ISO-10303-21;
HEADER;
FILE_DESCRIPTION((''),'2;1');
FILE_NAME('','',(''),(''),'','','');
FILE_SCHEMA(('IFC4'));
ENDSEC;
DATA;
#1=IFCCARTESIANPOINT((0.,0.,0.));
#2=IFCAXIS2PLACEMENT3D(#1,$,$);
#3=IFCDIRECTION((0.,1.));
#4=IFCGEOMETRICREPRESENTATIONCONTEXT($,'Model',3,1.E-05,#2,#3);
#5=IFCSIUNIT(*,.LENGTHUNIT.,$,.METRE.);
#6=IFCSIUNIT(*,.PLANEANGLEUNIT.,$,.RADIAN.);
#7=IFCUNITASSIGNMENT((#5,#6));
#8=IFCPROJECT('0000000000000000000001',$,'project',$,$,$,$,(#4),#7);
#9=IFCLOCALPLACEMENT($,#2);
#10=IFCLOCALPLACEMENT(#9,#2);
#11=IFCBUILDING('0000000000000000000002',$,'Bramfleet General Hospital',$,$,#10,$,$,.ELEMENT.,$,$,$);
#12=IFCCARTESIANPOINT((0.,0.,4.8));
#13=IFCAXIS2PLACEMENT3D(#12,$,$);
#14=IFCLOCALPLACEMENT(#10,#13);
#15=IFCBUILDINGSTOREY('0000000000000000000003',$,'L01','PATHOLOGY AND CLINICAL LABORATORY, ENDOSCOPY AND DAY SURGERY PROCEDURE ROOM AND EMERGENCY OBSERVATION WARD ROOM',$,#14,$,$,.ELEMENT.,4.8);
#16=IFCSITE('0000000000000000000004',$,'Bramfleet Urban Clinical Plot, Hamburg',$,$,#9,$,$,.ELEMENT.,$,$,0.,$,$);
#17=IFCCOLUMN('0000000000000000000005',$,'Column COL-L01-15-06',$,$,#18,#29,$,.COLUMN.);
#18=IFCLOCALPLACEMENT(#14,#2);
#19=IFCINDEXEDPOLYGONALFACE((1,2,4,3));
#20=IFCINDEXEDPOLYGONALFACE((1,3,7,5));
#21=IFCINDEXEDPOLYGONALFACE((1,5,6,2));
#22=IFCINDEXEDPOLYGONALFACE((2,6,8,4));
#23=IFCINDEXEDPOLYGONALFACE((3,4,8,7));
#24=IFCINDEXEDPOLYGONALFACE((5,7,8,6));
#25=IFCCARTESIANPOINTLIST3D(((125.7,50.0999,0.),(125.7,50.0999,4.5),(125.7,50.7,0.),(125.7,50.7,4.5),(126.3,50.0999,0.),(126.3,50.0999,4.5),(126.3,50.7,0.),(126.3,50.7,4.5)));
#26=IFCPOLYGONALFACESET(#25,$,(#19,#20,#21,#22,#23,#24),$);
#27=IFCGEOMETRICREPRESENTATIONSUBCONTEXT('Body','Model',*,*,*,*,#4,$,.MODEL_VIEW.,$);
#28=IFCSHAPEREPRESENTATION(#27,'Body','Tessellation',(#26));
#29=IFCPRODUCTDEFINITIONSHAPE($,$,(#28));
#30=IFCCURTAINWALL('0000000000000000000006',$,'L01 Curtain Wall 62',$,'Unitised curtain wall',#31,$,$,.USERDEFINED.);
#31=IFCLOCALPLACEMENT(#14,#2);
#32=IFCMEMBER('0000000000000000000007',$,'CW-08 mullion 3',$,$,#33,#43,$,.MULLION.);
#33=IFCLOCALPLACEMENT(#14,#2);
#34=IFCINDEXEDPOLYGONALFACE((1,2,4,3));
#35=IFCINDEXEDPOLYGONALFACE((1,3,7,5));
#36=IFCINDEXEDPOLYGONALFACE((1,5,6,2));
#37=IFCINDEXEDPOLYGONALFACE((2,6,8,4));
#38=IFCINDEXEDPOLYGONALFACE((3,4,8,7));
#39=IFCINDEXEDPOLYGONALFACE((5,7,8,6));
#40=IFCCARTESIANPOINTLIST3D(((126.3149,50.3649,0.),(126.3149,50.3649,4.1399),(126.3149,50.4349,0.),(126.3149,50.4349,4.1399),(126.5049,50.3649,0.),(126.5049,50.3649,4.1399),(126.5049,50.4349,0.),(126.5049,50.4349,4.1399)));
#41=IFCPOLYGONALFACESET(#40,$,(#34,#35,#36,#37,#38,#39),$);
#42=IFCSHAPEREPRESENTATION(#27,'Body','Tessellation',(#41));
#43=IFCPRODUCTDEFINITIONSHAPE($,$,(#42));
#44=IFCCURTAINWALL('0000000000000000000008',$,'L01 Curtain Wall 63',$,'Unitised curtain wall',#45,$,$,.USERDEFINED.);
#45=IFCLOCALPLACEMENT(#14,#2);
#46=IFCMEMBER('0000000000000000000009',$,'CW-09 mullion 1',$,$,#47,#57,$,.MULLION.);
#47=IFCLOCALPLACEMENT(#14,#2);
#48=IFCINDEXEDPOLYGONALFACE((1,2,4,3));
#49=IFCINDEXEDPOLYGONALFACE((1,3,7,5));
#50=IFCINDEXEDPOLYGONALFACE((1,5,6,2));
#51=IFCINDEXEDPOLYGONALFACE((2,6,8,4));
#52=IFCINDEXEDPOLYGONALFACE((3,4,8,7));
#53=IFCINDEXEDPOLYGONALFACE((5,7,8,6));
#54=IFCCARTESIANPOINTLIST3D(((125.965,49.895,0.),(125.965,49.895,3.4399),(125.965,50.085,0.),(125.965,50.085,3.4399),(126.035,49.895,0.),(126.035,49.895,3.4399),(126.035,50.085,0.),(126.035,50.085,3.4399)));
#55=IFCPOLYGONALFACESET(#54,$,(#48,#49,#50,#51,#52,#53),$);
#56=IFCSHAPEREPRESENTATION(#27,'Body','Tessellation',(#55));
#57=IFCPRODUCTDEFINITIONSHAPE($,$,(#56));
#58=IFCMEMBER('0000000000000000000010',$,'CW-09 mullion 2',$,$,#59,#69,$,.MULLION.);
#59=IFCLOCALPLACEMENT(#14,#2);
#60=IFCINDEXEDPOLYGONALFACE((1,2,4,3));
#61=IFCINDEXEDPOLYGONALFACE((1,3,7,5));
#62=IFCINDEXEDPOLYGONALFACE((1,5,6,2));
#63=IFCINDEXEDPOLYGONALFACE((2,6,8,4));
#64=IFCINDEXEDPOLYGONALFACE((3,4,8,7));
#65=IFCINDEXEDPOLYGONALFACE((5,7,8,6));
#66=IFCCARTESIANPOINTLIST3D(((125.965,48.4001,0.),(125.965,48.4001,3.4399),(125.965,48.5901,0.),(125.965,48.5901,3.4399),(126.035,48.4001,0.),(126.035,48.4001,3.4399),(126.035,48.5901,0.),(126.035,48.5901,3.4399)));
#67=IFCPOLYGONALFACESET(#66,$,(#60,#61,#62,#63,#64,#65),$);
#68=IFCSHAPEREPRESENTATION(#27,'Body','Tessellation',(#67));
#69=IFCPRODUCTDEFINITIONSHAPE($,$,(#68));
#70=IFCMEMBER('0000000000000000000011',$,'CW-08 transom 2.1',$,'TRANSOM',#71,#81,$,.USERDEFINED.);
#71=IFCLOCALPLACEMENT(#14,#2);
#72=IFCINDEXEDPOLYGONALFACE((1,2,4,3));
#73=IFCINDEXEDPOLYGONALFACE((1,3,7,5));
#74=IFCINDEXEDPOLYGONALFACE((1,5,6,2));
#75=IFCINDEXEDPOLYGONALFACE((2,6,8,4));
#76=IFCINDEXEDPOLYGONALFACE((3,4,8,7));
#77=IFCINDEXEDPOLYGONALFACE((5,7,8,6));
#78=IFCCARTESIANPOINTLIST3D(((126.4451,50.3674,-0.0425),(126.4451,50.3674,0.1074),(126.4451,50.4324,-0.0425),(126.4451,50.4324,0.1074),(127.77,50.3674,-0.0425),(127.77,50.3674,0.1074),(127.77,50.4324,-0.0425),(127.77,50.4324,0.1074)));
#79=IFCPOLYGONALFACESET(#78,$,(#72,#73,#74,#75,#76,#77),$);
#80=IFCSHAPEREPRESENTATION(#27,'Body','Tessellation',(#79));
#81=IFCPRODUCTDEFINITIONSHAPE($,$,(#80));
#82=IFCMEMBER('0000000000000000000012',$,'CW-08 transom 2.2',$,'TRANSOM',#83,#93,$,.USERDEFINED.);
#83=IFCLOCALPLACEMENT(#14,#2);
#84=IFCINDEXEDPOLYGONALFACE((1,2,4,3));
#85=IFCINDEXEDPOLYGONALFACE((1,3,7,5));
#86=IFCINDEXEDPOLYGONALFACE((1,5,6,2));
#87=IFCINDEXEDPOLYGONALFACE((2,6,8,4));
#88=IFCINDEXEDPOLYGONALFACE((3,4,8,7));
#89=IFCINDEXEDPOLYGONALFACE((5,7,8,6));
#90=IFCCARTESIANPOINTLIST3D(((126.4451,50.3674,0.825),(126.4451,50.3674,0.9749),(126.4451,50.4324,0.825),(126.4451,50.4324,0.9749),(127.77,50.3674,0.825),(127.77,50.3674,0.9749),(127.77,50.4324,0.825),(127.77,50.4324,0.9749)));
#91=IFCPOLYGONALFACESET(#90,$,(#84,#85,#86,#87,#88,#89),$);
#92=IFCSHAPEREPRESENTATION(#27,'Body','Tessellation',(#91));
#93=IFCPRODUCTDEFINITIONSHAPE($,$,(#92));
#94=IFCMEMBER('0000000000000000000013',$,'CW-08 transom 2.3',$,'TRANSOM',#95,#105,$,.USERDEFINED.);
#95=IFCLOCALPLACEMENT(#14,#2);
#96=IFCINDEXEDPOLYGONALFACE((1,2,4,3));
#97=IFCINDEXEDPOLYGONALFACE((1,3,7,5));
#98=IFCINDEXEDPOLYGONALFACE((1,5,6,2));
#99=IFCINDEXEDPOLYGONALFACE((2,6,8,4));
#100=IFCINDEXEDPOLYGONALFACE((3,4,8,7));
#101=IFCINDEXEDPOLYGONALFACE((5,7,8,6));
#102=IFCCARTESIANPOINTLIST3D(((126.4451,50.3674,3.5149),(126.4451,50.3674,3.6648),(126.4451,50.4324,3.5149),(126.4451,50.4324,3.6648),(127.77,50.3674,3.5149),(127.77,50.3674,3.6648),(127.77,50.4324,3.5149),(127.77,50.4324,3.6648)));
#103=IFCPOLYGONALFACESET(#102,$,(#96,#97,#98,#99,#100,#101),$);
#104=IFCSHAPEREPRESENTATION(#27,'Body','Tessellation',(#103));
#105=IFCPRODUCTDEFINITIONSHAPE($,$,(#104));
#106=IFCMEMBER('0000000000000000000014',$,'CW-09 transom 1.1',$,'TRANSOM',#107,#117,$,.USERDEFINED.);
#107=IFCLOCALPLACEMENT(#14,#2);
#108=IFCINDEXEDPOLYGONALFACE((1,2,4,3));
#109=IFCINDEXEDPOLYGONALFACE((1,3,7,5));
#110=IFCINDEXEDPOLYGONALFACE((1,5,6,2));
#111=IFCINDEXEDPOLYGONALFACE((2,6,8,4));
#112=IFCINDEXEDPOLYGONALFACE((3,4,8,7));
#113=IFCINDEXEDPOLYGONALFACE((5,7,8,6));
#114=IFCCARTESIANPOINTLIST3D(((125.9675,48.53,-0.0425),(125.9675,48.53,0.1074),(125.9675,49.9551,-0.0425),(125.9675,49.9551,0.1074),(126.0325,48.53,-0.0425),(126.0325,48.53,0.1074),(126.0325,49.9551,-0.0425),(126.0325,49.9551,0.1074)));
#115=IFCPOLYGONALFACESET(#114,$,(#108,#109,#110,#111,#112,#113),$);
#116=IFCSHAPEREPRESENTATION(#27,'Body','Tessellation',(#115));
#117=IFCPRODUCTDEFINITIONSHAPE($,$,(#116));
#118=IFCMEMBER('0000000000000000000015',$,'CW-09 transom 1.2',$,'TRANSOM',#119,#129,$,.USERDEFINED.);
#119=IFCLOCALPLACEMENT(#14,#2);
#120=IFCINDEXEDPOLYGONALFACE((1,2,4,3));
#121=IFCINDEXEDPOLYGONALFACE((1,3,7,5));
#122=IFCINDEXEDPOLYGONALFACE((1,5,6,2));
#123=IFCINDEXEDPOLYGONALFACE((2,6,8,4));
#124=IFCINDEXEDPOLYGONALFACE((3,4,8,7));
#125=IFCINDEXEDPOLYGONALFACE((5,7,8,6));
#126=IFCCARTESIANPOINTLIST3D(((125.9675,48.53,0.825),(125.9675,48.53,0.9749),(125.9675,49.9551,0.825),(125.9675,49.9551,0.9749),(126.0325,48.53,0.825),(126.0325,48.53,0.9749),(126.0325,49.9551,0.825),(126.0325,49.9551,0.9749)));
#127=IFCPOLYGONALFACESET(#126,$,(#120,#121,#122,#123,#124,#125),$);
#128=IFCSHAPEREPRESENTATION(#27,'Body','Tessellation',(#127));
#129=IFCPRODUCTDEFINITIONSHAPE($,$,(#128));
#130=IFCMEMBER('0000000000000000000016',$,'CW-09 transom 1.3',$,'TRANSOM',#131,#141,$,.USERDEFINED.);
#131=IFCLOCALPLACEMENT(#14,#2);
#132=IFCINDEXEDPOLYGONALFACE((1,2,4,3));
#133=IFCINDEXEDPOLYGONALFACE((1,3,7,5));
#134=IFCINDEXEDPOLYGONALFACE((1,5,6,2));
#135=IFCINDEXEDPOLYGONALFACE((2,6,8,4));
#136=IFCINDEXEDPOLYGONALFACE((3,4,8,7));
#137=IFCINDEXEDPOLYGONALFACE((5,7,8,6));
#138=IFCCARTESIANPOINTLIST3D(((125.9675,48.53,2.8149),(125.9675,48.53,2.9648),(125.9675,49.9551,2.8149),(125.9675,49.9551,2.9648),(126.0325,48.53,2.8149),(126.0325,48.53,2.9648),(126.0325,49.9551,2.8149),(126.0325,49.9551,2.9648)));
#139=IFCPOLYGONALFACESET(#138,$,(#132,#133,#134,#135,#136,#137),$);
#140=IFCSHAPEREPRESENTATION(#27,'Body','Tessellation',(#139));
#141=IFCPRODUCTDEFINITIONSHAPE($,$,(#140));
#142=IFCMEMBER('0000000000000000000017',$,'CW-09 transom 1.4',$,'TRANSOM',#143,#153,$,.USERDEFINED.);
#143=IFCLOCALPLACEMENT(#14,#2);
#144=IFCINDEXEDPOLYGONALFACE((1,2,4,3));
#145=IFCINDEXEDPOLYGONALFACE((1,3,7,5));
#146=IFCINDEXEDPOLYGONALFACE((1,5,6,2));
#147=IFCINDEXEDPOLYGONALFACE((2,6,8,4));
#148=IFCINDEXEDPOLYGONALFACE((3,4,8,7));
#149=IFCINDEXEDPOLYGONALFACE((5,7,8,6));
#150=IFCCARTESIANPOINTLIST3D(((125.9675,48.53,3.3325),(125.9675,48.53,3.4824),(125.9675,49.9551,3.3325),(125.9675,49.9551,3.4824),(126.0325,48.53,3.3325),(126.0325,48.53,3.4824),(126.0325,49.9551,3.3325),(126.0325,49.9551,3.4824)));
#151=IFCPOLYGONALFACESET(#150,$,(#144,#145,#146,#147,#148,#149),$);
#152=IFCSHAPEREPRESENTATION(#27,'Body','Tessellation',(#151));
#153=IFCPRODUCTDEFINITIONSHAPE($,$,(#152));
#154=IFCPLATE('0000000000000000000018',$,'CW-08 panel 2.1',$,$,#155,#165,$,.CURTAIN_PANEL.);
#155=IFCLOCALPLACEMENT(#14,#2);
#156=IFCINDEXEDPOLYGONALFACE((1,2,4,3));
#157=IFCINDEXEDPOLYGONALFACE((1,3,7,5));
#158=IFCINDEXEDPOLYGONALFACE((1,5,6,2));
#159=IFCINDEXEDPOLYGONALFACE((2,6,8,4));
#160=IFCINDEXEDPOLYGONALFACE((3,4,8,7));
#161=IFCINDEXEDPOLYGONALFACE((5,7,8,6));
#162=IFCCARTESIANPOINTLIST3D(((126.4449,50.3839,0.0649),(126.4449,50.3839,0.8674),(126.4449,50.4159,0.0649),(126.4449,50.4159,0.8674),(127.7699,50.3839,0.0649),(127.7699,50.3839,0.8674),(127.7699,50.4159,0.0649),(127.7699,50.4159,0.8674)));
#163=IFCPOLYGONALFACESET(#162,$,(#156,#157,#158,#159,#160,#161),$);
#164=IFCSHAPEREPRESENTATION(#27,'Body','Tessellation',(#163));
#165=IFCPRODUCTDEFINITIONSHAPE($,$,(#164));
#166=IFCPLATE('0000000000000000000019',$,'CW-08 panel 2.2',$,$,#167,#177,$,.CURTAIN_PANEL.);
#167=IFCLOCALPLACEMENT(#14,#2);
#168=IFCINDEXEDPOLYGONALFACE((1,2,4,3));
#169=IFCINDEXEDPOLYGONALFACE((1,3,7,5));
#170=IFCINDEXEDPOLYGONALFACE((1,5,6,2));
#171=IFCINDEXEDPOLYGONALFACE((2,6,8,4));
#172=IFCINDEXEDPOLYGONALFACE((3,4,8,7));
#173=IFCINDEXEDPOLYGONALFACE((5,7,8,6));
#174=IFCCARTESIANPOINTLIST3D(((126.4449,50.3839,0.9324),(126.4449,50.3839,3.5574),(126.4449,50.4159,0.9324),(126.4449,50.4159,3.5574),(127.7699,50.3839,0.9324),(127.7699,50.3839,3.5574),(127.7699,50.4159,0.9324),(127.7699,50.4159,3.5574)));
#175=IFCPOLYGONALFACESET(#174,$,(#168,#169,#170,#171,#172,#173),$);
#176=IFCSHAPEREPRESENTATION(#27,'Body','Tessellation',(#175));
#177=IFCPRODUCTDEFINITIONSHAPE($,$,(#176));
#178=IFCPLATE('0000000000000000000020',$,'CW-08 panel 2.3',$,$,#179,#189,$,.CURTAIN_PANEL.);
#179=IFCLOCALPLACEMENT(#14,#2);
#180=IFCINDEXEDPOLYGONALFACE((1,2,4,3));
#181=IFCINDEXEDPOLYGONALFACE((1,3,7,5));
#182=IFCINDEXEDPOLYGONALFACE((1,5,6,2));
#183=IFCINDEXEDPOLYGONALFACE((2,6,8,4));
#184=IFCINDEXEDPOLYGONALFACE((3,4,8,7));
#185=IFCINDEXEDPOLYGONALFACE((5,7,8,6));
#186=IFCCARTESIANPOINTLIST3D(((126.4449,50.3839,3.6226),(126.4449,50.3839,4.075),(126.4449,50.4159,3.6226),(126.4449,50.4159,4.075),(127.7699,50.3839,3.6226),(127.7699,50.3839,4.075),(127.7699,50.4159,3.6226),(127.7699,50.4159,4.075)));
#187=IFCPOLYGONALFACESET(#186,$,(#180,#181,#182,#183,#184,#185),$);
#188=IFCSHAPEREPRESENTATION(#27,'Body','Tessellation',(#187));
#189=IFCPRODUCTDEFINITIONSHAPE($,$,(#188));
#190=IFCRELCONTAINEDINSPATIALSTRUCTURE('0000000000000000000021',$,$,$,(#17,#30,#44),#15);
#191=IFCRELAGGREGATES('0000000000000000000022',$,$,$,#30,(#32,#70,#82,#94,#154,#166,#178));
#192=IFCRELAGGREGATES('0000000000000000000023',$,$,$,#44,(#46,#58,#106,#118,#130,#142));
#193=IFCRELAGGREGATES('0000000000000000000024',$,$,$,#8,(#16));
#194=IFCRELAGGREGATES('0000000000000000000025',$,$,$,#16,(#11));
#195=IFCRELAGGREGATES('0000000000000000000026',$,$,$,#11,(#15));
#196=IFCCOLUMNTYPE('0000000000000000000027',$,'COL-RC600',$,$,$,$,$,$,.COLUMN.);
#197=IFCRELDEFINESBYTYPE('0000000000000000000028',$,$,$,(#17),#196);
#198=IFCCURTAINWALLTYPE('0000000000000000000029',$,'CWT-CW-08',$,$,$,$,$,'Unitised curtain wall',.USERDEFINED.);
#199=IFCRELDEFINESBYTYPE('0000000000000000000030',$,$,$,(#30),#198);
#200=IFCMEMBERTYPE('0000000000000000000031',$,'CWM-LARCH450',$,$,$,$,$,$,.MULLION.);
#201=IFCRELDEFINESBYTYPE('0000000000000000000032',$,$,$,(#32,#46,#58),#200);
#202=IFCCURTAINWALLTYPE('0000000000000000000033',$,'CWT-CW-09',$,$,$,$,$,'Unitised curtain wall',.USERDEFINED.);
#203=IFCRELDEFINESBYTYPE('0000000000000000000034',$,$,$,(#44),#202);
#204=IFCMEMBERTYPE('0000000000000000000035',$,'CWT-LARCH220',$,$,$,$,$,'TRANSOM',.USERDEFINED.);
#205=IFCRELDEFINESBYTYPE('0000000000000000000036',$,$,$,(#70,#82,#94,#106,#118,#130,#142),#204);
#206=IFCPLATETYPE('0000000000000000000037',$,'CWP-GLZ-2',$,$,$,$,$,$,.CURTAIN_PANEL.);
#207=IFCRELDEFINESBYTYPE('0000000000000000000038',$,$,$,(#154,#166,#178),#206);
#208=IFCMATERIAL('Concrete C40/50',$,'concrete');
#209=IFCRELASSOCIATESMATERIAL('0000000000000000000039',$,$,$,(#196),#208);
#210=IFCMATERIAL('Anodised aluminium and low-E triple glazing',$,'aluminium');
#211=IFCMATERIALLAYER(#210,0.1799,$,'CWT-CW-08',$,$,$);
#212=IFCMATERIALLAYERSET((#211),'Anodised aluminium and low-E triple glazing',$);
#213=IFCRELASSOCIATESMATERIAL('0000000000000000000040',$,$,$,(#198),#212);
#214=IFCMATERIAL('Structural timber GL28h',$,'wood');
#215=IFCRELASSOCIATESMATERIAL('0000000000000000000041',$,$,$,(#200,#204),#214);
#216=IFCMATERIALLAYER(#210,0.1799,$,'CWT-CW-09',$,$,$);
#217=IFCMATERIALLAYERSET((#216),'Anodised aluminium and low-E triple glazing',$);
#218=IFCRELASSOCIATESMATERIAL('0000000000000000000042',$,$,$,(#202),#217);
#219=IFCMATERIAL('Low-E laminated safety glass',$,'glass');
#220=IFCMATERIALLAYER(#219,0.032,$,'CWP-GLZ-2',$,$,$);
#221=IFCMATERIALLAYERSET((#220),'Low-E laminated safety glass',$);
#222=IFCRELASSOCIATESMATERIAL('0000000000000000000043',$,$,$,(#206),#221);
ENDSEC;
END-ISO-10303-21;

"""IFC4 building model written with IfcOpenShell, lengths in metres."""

from ifc_helpers import new_model, si_unit, direction, frame, origin, origin_2d, place, context, subcontext, project, spatial, rectangle, extrude, material, layer, layer_set, material_profile, profile_set, type_object, element, aggregate, save


model = new_model("IFC4")

# Units and contexts
model_context = context("Model", 3, precision=1e-05, world=origin(), true_north=direction((0.0, 1.0)))
body_context = subcontext(model_context, "Body", "Model", "MODEL_VIEW")
ifc_project = project(units=[si_unit("LENGTHUNIT", "METRE"), si_unit("PLANEANGLEUNIT", "RADIAN")], contexts=[model_context])

# Site, building, storey
site_placement = place(None, origin())
site = spatial("IfcSite", under=ifc_project, at=site_placement, Name="Bramfleet Urban Clinical Plot, Hamburg", CompositionType="ELEMENT", RefElevation=0.0)
building_placement = place(site_placement, origin())
building = spatial("IfcBuilding", under=site, at=building_placement, Name="Bramfleet General Hospital", CompositionType="ELEMENT")
storey_placement = place(building_placement, frame((0.0, 0.0, 4.8)))
storey = spatial("IfcBuildingStorey", under=building, at=storey_placement, Name="L01", Description="PATHOLOGY AND CLINICAL LABORATORY, ENDOSCOPY AND DAY SURGERY PROCEDURE ROOM AND EMERGENCY OBSERVATION WARD ROOM", CompositionType="ELEMENT", Elevation=4.8)

# Column
ifc_material_1 = material(Name="Concrete C40/50", Category="concrete")
ifc_material_profile_1 = material_profile(ifc_material_1, rectangle(XDim=0.6001, YDim=0.6001, at=origin_2d()), Name="RC COL 600x600")
ifc_profile_set_1 = profile_set([ifc_material_profile_1], Name="Concrete C40/50")
column_type = type_object("IfcColumnType", Name="COL-RC600", PredefinedType="COLUMN", material=ifc_profile_set_1)
column_placement = place(storey_placement, frame((126.0, 50.3999, 0.0), z_axis=(0.0, 0.0, 1.0), x_axis=(1.0, 0.0, 0.0)))
element("IfcColumn", 1, at=column_placement, inside=storey, type_object=column_type, Name="Column COL-L01-15-06", PredefinedType="COLUMN", context=body_context, shape_type="SweptSolid", body=[
    extrude(rectangle(XDim=0.6001, YDim=0.6001, at=origin_2d()), origin(), (0.0, 0.0, 1.0), 4.5),
])

# Curtain wall, member
ifc_material_2 = material(Name="Anodised aluminium and low-E triple glazing", Category="aluminium")
ifc_layer_1 = layer(ifc_material_2, 0.1799, Name="CWT-CW-08")
ifc_layer_set_1 = layer_set([ifc_layer_1], Name="Anodised aluminium and low-E triple glazing")
curtain_wall_type_1 = type_object("IfcCurtainWallType", Name="CWT-CW-08", ElementType="Unitised curtain wall", PredefinedType="USERDEFINED", material=ifc_layer_set_1)
curtain_wall_1_placement = place(storey_placement, origin())
curtain_wall_1 = element("IfcCurtainWall", 2, at=curtain_wall_1_placement, inside=storey, type_object=curtain_wall_type_1, Name="L01 Curtain Wall 62", ObjectType="Unitised curtain wall", PredefinedType="USERDEFINED")
ifc_material_3 = material(Name="Structural timber GL28h", Category="wood")
ifc_material_profile_2 = material_profile(ifc_material_3, rectangle(XDim=0.0701, YDim=0.1899, at=origin_2d()), Name="LARCH 190x70")
ifc_profile_set_2 = profile_set([ifc_material_profile_2], Name="Structural timber GL28h")
member_type_1 = type_object("IfcMemberType", Name="CWM-LARCH450", PredefinedType="MULLION", material=ifc_profile_set_2)
member_1_placement = place(storey_placement, frame((126.4099, 50.3999, 0.0), z_axis=(0.0, 0.0, 1.0), x_axis=(0.0, -1.0, 0.0)))
member_1 = element("IfcMember", 3, at=member_1_placement, type_object=member_type_1, Name="CW-08 mullion 3", PredefinedType="MULLION", context=body_context, shape_type="SweptSolid", body=[
    extrude(rectangle(XDim=0.0701, YDim=0.1899, at=origin_2d()), origin(), (0.0, 0.0, 1.0), 4.1399),
])

# Curtain wall, members
ifc_layer_2 = layer(ifc_material_2, 0.1799, Name="CWT-CW-09")
ifc_layer_set_2 = layer_set([ifc_layer_2], Name="Anodised aluminium and low-E triple glazing")
curtain_wall_type_2 = type_object("IfcCurtainWallType", Name="CWT-CW-09", ElementType="Unitised curtain wall", PredefinedType="USERDEFINED", material=ifc_layer_set_2)
curtain_wall_2_placement = place(storey_placement, origin())
curtain_wall_2 = element("IfcCurtainWall", 4, at=curtain_wall_2_placement, inside=storey, type_object=curtain_wall_type_2, Name="L01 Curtain Wall 63", ObjectType="Unitised curtain wall", PredefinedType="USERDEFINED")
member_2_placement = place(storey_placement, frame((126.0, 49.99, 0.0), z_axis=(0.0, 0.0, 1.0), x_axis=(1.0, 0.0, 0.0)))
member_2 = element("IfcMember", 5, at=member_2_placement, type_object=member_type_1, Name="CW-09 mullion 1", PredefinedType="MULLION", context=body_context, shape_type="SweptSolid", body=[
    extrude(rectangle(XDim=0.0701, YDim=0.1899, at=origin_2d()), origin(), (0.0, 0.0, 1.0), 3.4399),
])
member_3_placement = place(storey_placement, frame((126.0, 48.4951, 0.0), z_axis=(0.0, 0.0, 1.0), x_axis=(1.0, 0.0, 0.0)))
member_3 = element("IfcMember", 6, at=member_3_placement, type_object=member_type_1, Name="CW-09 mullion 2", PredefinedType="MULLION", context=body_context, shape_type="SweptSolid", body=[
    extrude(rectangle(XDim=0.0701, YDim=0.1899, at=origin_2d()), origin(), (0.0, 0.0, 1.0), 3.4399),
])

# Members
ifc_material_profile_3 = material_profile(ifc_material_3, rectangle(XDim=0.0649, YDim=0.1499, at=origin_2d()), Name="LARCH 150x65")
ifc_profile_set_3 = profile_set([ifc_material_profile_3], Name="Structural timber GL28h")
member_type_2 = type_object("IfcMemberType", Name="CWT-LARCH220", ElementType="TRANSOM", PredefinedType="USERDEFINED", material=ifc_profile_set_3)
member_4_placement = place(storey_placement, frame((127.77, 50.3999, 0.0325), z_axis=(-1.0, 0.0, 0.0), x_axis=(0.0, -1.0, 0.0)))
member_4 = element("IfcMember", 7, at=member_4_placement, type_object=member_type_2, Name="CW-08 transom 2.1", ObjectType="TRANSOM", PredefinedType="USERDEFINED", context=body_context, shape_type="SweptSolid", body=[
    extrude(rectangle(XDim=0.0649, YDim=0.1499, at=origin_2d()), origin(), (0.0, 0.0, 1.0), 1.325),
])
member_5_placement = place(storey_placement, frame((127.77, 50.3999, 0.8999), z_axis=(-1.0, 0.0, 0.0), x_axis=(0.0, -1.0, 0.0)))
member_5 = element("IfcMember", 8, at=member_5_placement, type_object=member_type_2, Name="CW-08 transom 2.2", ObjectType="TRANSOM", PredefinedType="USERDEFINED", context=body_context, shape_type="SweptSolid", body=[
    extrude(rectangle(XDim=0.0649, YDim=0.1499, at=origin_2d()), origin(), (0.0, 0.0, 1.0), 1.325),
])
member_6_placement = place(storey_placement, frame((127.77, 50.3999, 3.5898), z_axis=(-1.0, 0.0, 0.0), x_axis=(0.0, -1.0, 0.0)))
member_6 = element("IfcMember", 9, at=member_6_placement, type_object=member_type_2, Name="CW-08 transom 2.3", ObjectType="TRANSOM", PredefinedType="USERDEFINED", context=body_context, shape_type="SweptSolid", body=[
    extrude(rectangle(XDim=0.0649, YDim=0.1499, at=origin_2d()), origin(), (0.0, 0.0, 1.0), 1.325),
])
member_7_placement = place(storey_placement, frame((126.0, 49.9551, 0.0325), z_axis=(0.0, -1.0, 0.0), x_axis=(1.0, 0.0, 0.0)))
member_7 = element("IfcMember", 10, at=member_7_placement, type_object=member_type_2, Name="CW-09 transom 1.1", ObjectType="TRANSOM", PredefinedType="USERDEFINED", context=body_context, shape_type="SweptSolid", body=[
    extrude(rectangle(XDim=0.0649, YDim=0.1499, at=origin_2d()), origin(), (0.0, 0.0, 1.0), 1.425),
])
member_8_placement = place(storey_placement, frame((126.0, 49.9551, 0.8999), z_axis=(0.0, -1.0, 0.0), x_axis=(1.0, 0.0, 0.0)))
member_8 = element("IfcMember", 11, at=member_8_placement, type_object=member_type_2, Name="CW-09 transom 1.2", ObjectType="TRANSOM", PredefinedType="USERDEFINED", context=body_context, shape_type="SweptSolid", body=[
    extrude(rectangle(XDim=0.0649, YDim=0.1499, at=origin_2d()), origin(), (0.0, 0.0, 1.0), 1.425),
])
member_9_placement = place(storey_placement, frame((126.0, 49.9551, 2.8899), z_axis=(0.0, -1.0, 0.0), x_axis=(1.0, 0.0, 0.0)))
member_9 = element("IfcMember", 12, at=member_9_placement, type_object=member_type_2, Name="CW-09 transom 1.3", ObjectType="TRANSOM", PredefinedType="USERDEFINED", context=body_context, shape_type="SweptSolid", body=[
    extrude(rectangle(XDim=0.0649, YDim=0.1499, at=origin_2d()), origin(), (0.0, 0.0, 1.0), 1.425),
])
member_10_placement = place(storey_placement, frame((126.0, 49.9551, 3.4075), z_axis=(0.0, -1.0, 0.0), x_axis=(1.0, 0.0, 0.0)))
member_10 = element("IfcMember", 13, at=member_10_placement, type_object=member_type_2, Name="CW-09 transom 1.4", ObjectType="TRANSOM", PredefinedType="USERDEFINED", context=body_context, shape_type="SweptSolid", body=[
    extrude(rectangle(XDim=0.0649, YDim=0.1499, at=origin_2d()), origin(), (0.0, 0.0, 1.0), 1.425),
])

# Plates
ifc_material_4 = material(Name="Low-E laminated safety glass", Category="glass")
ifc_layer_3 = layer(ifc_material_4, 0.032, Name="CWP-GLZ-2")
ifc_layer_set_3 = layer_set([ifc_layer_3], Name="Low-E laminated safety glass")
plate_type_1 = type_object("IfcPlateType", Name="CWP-GLZ-2", PredefinedType="CURTAIN_PANEL", material=ifc_layer_set_3)
plate_1_placement = place(storey_placement, frame((127.1074, 50.3999, 0.0649), z_axis=(0.0, 0.0, 1.0), x_axis=(-1.0, 0.0, 0.0)))
plate_1 = element("IfcPlate", 14, at=plate_1_placement, type_object=plate_type_1, Name="CW-08 panel 2.1", PredefinedType="CURTAIN_PANEL", context=body_context, shape_type="SweptSolid", body=[
    extrude(rectangle(XDim=1.325, YDim=0.032, at=origin_2d()), origin(), (0.0, 0.0, 1.0), 0.8025),
])
plate_2_placement = place(storey_placement, frame((127.1074, 50.3999, 0.9324), z_axis=(0.0, 0.0, 1.0), x_axis=(-1.0, 0.0, 0.0)))
plate_2 = element("IfcPlate", 15, at=plate_2_placement, type_object=plate_type_1, Name="CW-08 panel 2.2", PredefinedType="CURTAIN_PANEL", context=body_context, shape_type="SweptSolid", body=[
    extrude(rectangle(XDim=1.325, YDim=0.032, at=origin_2d()), origin(), (0.0, 0.0, 1.0), 2.625),
])
plate_3_placement = place(storey_placement, frame((127.1074, 50.3999, 3.6226), z_axis=(0.0, 0.0, 1.0), x_axis=(-1.0, 0.0, 0.0)))
plate_3 = element("IfcPlate", 16, at=plate_3_placement, type_object=plate_type_1, Name="CW-08 panel 2.3", PredefinedType="CURTAIN_PANEL", context=body_context, shape_type="SweptSolid", body=[
    extrude(rectangle(XDim=1.325, YDim=0.032, at=origin_2d()), origin(), (0.0, 0.0, 1.0), 0.4524),
])
aggregate(curtain_wall_1, [member_1, member_4, member_5, member_6, plate_1, plate_2, plate_3])
aggregate(curtain_wall_2, [member_2, member_3, member_7, member_8, member_9, member_10])

save(model, "model.ifc")
